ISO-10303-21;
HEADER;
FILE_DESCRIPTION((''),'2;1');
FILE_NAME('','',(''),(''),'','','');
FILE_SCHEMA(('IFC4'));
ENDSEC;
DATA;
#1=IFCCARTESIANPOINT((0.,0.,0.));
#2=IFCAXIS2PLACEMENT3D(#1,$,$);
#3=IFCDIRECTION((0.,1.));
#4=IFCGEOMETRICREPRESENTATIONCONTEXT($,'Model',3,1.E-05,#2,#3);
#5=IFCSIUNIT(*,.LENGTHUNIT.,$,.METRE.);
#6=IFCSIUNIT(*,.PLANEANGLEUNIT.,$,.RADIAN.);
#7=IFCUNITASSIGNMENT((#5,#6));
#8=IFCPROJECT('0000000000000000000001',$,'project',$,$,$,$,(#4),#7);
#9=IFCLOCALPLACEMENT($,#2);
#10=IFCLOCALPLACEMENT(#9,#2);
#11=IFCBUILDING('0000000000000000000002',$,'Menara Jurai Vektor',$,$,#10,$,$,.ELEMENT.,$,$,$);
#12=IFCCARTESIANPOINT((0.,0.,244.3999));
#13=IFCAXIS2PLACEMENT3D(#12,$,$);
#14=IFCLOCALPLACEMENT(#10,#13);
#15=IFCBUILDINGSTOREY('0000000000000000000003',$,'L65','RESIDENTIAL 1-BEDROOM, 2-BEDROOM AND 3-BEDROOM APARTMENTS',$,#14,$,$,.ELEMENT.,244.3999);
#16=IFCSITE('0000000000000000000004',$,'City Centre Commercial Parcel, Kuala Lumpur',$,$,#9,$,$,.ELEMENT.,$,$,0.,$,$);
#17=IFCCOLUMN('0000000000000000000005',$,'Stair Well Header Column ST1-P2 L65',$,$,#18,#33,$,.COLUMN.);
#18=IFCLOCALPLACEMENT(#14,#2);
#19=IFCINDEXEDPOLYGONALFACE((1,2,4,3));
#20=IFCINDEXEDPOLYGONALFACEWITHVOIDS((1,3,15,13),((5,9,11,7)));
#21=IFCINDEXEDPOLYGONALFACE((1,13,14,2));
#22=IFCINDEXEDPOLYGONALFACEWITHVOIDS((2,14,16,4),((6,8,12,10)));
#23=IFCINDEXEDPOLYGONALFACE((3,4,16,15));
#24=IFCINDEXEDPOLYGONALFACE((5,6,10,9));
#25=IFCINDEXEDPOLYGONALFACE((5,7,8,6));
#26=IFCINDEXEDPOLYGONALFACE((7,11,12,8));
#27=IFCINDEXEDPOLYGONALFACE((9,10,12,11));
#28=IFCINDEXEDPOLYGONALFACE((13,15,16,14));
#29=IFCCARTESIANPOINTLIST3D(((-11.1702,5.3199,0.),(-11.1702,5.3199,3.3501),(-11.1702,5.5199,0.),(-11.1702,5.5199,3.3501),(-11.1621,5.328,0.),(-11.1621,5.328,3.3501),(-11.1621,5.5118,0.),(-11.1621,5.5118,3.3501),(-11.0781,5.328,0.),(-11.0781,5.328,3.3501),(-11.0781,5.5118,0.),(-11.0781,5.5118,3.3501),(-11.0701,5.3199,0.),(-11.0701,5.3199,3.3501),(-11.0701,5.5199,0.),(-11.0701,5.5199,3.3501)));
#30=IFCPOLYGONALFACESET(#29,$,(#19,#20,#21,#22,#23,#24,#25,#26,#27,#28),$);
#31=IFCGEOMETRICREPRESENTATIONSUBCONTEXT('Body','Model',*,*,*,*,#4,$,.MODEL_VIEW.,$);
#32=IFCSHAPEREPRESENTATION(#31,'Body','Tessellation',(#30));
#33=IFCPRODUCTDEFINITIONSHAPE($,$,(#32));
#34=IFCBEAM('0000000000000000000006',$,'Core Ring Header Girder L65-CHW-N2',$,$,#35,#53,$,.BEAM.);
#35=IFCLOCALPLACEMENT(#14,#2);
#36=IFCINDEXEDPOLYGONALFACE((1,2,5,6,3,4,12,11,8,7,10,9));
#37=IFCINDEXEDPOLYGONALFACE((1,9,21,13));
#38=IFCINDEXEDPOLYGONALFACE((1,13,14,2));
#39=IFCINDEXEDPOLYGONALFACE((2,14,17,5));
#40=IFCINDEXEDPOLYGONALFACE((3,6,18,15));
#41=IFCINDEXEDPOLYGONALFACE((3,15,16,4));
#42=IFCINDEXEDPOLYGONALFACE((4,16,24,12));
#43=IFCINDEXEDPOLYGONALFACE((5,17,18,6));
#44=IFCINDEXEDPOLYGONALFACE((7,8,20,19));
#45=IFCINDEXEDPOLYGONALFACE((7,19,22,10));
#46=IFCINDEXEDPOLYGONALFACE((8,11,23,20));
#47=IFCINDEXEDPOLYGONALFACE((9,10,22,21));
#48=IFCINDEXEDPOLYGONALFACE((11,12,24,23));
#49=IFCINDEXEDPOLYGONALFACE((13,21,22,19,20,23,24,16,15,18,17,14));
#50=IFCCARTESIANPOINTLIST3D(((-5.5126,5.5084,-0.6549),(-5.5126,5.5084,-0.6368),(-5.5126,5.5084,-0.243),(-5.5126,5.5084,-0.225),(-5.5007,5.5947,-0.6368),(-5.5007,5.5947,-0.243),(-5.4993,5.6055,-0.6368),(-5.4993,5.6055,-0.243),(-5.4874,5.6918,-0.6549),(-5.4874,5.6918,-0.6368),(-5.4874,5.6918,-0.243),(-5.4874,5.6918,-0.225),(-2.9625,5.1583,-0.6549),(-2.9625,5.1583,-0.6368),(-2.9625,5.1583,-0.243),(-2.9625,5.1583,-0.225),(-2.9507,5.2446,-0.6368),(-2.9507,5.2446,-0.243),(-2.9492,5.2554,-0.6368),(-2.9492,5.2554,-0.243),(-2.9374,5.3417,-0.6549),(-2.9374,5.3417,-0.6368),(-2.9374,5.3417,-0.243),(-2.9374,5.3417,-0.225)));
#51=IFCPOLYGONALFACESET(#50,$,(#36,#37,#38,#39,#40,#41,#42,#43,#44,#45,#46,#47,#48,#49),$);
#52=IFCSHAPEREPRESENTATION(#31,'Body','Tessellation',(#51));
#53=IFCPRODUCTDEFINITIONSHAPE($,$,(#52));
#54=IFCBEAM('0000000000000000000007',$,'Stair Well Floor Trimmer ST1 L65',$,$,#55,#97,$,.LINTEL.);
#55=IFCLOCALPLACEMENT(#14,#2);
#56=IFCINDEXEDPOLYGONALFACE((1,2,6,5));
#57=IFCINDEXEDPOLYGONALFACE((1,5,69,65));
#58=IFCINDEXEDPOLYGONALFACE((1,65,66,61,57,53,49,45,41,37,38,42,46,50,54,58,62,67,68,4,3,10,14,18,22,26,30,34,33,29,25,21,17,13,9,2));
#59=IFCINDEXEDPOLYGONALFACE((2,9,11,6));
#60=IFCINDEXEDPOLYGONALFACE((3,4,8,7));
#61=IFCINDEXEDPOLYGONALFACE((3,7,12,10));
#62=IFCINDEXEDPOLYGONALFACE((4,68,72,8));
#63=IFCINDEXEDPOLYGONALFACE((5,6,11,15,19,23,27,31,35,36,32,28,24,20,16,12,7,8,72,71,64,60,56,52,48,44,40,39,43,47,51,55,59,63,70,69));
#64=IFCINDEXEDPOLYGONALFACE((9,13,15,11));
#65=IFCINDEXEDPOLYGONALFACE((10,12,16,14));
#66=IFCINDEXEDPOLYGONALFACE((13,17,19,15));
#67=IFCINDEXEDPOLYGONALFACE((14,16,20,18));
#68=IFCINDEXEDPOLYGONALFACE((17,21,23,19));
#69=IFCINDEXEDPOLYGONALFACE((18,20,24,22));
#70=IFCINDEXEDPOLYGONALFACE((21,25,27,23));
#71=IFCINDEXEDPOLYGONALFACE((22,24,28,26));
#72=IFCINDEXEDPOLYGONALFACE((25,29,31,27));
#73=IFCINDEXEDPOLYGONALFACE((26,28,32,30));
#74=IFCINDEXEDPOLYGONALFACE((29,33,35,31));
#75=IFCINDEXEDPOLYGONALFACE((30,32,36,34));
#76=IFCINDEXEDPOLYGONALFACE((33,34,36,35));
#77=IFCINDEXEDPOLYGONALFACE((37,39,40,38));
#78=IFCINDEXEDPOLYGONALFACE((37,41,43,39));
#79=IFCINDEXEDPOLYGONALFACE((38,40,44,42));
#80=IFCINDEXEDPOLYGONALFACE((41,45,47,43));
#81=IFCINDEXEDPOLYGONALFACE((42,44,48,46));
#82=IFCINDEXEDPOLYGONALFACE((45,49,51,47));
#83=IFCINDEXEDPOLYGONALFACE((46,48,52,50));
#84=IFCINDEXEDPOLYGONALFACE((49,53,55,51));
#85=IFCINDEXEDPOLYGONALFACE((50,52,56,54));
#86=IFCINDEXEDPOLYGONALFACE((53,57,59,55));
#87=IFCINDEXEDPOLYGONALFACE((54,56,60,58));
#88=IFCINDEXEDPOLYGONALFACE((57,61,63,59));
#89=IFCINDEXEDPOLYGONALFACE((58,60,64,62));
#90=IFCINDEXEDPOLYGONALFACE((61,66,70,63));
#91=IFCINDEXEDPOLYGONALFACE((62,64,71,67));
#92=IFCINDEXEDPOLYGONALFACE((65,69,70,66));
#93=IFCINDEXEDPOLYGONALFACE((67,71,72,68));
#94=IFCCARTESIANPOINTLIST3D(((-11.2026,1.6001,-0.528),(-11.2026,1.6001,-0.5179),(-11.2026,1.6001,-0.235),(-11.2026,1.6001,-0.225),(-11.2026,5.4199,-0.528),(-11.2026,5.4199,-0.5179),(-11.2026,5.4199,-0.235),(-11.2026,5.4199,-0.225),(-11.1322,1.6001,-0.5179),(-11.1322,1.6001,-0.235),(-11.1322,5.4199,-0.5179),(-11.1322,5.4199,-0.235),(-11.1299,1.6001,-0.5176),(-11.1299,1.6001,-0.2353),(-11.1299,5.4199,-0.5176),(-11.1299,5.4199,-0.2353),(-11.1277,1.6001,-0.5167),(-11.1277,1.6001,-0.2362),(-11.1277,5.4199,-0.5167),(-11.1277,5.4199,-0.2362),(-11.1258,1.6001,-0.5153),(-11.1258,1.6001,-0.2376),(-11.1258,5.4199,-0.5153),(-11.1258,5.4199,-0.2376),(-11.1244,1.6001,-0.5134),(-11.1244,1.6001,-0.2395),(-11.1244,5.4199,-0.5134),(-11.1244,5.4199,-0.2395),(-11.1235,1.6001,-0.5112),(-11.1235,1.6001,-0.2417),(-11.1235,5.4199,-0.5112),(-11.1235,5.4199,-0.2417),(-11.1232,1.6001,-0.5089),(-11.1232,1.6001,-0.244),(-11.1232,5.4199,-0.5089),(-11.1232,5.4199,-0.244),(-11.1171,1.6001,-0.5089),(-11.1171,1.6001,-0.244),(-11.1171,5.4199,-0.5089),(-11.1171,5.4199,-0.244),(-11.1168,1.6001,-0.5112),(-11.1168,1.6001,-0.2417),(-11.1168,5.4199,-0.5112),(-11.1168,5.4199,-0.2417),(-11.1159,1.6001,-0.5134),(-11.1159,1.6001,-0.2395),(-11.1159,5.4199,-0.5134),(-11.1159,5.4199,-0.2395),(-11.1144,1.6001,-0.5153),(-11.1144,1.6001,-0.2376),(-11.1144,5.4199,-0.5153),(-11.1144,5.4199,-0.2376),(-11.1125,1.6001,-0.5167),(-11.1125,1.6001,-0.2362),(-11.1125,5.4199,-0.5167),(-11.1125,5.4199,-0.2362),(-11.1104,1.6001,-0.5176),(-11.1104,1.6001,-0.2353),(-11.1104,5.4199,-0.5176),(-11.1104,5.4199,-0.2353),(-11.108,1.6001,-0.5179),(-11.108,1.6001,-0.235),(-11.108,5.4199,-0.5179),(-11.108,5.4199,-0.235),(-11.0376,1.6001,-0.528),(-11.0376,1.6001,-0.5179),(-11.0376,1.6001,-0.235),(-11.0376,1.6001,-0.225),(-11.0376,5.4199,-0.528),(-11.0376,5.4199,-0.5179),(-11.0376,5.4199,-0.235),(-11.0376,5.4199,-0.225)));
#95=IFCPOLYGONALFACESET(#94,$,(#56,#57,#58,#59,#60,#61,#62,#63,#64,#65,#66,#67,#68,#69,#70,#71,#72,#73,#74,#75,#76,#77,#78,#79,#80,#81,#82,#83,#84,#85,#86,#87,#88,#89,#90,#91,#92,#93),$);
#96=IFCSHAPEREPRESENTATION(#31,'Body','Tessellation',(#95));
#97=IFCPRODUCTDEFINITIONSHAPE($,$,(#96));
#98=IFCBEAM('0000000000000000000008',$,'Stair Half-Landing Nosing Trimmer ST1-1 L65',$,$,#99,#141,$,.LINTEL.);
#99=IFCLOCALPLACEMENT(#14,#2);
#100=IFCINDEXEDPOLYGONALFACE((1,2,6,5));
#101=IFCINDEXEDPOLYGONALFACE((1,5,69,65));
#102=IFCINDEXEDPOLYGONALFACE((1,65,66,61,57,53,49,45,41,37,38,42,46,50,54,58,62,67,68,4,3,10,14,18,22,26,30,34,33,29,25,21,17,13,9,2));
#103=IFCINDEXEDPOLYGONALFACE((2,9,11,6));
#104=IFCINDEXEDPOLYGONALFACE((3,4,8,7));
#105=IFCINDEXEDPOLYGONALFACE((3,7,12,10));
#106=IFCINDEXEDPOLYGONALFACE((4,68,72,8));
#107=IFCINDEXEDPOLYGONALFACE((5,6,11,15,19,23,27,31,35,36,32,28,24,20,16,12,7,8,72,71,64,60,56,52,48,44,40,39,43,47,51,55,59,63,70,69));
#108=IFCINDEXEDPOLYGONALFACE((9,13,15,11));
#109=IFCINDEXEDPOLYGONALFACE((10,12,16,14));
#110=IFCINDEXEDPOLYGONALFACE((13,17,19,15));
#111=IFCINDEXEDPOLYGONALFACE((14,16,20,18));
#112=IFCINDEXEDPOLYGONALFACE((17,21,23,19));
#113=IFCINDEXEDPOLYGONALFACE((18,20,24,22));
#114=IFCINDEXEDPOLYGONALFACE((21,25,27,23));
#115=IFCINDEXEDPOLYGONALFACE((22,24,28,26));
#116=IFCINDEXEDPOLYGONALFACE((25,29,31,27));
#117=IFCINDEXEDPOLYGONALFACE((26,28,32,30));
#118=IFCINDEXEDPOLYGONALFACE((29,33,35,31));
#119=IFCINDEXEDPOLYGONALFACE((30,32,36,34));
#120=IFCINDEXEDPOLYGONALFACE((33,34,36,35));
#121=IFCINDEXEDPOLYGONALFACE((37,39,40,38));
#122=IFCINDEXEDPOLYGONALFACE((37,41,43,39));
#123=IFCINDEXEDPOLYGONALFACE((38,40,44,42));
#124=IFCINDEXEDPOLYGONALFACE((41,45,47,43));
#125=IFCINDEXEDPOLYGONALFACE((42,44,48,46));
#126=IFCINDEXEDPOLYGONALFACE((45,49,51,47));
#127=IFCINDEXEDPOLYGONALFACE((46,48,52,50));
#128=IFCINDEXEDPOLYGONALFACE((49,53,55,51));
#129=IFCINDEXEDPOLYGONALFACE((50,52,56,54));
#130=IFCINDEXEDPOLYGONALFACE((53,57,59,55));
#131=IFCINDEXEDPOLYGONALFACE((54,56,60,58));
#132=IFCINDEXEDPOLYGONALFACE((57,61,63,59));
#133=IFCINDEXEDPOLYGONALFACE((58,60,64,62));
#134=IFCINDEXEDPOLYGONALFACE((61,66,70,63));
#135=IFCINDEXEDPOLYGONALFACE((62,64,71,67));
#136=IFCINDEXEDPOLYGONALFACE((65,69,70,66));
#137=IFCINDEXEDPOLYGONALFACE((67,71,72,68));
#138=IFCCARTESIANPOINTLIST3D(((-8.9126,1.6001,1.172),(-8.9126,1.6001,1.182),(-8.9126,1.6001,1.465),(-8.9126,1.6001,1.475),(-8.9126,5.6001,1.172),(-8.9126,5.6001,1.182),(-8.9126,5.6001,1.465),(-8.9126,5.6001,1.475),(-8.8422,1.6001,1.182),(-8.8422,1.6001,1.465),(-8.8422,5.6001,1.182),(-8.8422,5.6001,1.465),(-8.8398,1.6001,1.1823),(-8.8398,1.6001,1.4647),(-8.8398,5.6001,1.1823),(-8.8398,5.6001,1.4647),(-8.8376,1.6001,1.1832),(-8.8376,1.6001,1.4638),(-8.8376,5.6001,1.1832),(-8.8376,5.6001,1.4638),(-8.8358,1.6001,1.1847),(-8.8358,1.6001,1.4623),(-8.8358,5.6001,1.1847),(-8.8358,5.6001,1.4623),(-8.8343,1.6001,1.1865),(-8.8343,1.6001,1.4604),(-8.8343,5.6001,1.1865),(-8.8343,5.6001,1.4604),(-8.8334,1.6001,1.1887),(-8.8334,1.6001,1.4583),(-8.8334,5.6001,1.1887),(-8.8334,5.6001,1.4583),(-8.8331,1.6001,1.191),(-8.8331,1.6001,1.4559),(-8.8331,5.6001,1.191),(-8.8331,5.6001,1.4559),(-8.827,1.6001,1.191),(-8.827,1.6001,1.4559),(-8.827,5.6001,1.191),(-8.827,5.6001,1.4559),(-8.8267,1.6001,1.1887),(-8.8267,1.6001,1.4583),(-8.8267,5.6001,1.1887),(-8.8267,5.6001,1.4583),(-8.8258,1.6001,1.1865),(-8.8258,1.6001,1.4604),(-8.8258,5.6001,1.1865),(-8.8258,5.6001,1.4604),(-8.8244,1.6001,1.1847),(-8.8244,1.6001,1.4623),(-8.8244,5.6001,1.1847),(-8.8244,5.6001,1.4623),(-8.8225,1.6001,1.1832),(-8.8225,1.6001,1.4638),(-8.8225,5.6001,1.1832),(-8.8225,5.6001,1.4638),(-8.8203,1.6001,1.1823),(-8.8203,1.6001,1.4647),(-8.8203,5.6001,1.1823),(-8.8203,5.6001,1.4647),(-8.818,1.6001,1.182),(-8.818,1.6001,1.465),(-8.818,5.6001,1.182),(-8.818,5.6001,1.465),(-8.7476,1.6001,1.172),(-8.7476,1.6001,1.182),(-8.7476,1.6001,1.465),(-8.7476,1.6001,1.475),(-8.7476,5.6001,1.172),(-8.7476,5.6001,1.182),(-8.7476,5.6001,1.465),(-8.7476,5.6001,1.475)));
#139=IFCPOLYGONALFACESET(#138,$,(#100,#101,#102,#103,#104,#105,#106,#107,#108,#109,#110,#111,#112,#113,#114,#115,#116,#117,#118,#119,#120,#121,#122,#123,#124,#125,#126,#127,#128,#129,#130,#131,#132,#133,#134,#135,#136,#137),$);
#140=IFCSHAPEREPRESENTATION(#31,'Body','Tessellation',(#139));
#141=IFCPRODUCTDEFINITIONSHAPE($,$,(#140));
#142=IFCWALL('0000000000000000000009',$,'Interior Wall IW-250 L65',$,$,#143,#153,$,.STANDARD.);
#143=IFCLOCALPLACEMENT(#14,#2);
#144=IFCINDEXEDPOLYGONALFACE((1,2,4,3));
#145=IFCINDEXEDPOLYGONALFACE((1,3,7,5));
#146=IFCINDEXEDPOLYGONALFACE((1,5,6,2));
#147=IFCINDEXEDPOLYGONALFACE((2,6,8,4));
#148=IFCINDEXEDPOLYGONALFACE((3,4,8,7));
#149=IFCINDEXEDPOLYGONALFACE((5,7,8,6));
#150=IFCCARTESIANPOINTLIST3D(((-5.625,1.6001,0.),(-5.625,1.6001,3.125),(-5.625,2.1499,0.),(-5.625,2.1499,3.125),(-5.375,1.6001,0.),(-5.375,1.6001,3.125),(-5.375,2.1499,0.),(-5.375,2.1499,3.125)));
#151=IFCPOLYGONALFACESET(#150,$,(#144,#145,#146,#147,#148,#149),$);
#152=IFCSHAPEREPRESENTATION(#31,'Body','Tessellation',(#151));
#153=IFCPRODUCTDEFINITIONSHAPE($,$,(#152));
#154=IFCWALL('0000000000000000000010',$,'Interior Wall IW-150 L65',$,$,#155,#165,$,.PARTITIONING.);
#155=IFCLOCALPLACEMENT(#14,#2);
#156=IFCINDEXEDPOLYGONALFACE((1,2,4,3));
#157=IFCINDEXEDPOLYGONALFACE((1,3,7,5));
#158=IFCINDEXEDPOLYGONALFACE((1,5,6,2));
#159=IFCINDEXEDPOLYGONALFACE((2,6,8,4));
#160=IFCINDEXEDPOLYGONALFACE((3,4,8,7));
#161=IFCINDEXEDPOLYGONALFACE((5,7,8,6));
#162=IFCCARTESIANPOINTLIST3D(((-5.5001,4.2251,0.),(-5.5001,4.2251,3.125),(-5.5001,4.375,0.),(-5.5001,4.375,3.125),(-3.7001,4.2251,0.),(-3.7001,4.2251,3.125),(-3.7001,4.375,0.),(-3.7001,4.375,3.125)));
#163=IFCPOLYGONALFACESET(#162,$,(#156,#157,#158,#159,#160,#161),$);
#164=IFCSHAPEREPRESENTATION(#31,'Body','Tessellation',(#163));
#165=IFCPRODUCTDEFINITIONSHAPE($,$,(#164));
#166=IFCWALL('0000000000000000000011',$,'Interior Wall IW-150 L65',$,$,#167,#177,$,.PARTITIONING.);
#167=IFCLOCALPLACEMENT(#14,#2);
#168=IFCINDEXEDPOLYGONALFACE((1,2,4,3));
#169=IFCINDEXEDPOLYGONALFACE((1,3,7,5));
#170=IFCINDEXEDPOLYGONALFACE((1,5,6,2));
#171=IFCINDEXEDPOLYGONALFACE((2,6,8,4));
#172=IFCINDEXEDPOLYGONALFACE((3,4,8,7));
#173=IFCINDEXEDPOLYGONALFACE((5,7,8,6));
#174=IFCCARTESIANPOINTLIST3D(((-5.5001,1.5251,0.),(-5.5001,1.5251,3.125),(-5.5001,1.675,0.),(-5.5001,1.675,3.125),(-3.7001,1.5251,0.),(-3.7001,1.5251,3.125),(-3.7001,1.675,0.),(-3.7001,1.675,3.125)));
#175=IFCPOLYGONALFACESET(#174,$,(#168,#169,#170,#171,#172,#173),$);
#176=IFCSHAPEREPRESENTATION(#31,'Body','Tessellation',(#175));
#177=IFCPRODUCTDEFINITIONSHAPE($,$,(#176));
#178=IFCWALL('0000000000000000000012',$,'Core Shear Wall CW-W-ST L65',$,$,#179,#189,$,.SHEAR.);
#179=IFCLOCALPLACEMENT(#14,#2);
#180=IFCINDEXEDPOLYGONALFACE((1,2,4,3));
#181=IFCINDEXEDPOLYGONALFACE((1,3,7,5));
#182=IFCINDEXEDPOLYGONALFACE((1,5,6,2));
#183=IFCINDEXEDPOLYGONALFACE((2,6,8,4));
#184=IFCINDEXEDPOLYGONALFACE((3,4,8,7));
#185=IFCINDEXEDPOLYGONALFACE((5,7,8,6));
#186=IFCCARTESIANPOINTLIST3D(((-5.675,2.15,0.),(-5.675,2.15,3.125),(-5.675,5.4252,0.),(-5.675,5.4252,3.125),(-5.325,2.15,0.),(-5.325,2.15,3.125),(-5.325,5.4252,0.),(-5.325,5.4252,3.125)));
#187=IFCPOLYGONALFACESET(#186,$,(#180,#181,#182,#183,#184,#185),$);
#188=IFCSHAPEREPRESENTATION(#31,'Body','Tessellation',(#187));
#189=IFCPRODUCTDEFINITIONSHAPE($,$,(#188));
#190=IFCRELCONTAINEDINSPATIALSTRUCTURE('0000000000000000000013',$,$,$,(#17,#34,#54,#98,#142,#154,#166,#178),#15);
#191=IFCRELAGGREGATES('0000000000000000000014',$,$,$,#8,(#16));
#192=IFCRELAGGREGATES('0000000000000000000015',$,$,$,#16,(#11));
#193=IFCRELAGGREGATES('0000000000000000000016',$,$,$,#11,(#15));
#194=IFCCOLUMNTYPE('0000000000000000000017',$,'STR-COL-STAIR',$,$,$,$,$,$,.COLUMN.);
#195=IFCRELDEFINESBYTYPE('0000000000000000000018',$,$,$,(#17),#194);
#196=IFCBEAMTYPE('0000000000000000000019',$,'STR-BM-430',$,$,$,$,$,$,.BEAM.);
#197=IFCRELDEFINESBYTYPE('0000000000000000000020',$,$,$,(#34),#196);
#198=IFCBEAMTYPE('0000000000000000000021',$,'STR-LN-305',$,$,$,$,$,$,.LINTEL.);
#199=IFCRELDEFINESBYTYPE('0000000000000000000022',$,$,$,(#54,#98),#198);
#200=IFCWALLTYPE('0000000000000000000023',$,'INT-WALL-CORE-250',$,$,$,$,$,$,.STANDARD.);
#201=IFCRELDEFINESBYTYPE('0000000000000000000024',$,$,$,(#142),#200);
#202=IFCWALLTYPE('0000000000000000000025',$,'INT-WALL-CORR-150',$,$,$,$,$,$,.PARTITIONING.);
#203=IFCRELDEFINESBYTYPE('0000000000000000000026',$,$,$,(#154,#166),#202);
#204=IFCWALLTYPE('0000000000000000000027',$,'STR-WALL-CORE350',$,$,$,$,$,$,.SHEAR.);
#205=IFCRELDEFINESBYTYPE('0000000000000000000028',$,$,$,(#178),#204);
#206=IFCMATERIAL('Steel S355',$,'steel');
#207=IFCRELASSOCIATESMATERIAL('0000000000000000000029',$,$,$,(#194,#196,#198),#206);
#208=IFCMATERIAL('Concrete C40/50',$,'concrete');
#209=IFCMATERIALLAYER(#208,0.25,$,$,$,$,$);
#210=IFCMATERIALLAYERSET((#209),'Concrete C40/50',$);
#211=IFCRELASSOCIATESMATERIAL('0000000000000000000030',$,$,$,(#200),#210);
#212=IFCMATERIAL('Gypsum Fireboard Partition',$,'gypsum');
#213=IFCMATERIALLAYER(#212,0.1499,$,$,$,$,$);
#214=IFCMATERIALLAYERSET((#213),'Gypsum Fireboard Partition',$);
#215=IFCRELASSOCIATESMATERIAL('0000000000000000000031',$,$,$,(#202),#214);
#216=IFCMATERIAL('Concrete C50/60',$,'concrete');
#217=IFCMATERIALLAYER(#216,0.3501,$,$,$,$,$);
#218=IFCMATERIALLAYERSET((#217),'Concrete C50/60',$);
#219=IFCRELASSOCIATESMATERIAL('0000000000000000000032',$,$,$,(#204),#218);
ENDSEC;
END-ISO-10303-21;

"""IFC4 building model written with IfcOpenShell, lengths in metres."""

from ifc_helpers import new_model, si_unit, direction, frame, frame_2d, origin, origin_2d, place, context, subcontext, project, spatial, rectangle, hollow_rectangle, i_section, extrude, material, layer, layer_set, material_profile, profile_set, type_object, element, save


model = new_model("IFC4")

# Units and contexts
model_context = context("Model", 3, precision=1e-05, world=origin(), true_north=direction((0.0, 1.0)))
body_context = subcontext(model_context, "Body", "Model", "MODEL_VIEW")
ifc_project = project(units=[si_unit("LENGTHUNIT", "METRE"), si_unit("PLANEANGLEUNIT", "RADIAN")], contexts=[model_context])

# Site, building, storey
site_placement = place(None, origin())
site = spatial("IfcSite", under=ifc_project, at=site_placement, Name="City Centre Commercial Parcel, Kuala Lumpur", CompositionType="ELEMENT", RefElevation=0.0)
building_placement = place(site_placement, origin())
building = spatial("IfcBuilding", under=site, at=building_placement, Name="Menara Jurai Vektor", CompositionType="ELEMENT")
storey_placement = place(building_placement, frame((0.0, 0.0, 244.3999)))
storey = spatial("IfcBuildingStorey", under=building, at=storey_placement, Name="L65", Description="RESIDENTIAL 1-BEDROOM, 2-BEDROOM AND 3-BEDROOM APARTMENTS", CompositionType="ELEMENT", Elevation=244.3999)

# Column
ifc_material_1 = material(Name="Steel S355", Category="steel")
ifc_material_profile_1 = material_profile(ifc_material_1, hollow_rectangle(XDim=0.1001, YDim=0.2, WallThickness=0.0081, at=origin_2d()), Name="RHS 200x100x8")
ifc_profile_set_1 = profile_set([ifc_material_profile_1], Name="Steel S355")
column_type = type_object("IfcColumnType", Name="STR-COL-STAIR", PredefinedType="COLUMN", material=ifc_profile_set_1)
column_placement = place(storey_placement, frame((-11.1201, 5.4199, 0.0), z_axis=(0.0, 0.0, 1.0), x_axis=(1.0, 0.0, 0.0)))
element("IfcColumn", 1, at=column_placement, inside=storey, type_object=column_type, Name="Stair Well Header Column ST1-P2 L65", PredefinedType="COLUMN", context=body_context, shape_type="SweptSolid", body=[
    extrude(hollow_rectangle(XDim=0.1001, YDim=0.2, WallThickness=0.0081, at=origin_2d()), origin(), (0.0, 0.0, 1.0), 3.3501),
])

# Beams
ifc_material_profile_2 = material_profile(ifc_material_1, i_section(OverallWidth=0.1851, OverallDepth=0.4299, WebThickness=0.011, FlangeThickness=0.0181, at=origin_2d()), Name="PG 430x185x76")
ifc_profile_set_2 = profile_set([ifc_material_profile_2], Name="Steel S355")
beam_type_1 = type_object("IfcBeamType", Name="STR-BM-430", PredefinedType="BEAM", material=ifc_profile_set_2)
beam_1_placement = place(storey_placement, frame((-5.5, 5.6001, -0.4399), z_axis=(0.990707, -0.136015, 0.0), x_axis=(0.136015, 0.990707, 0.0)))
element("IfcBeam", 2, at=beam_1_placement, inside=storey, type_object=beam_type_1, Name="Core Ring Header Girder L65-CHW-N2", PredefinedType="BEAM", context=body_context, shape_type="SweptSolid", body=[
    extrude(i_section(OverallWidth=0.1851, OverallDepth=0.4299, WebThickness=0.011, FlangeThickness=0.0181, at=origin_2d()), origin(), (0.0, 0.0, 1.0), 2.574),
])
ifc_material_profile_3 = material_profile(ifc_material_1, i_section(OverallWidth=0.165, OverallDepth=0.303, WebThickness=0.0061, FlangeThickness=0.01, FilletRadius=0.009, at=origin_2d()), Name="UKB 305x165x40")
ifc_profile_set_3 = profile_set([ifc_material_profile_3], Name="Steel S355")
beam_type_2 = type_object("IfcBeamType", Name="STR-LN-305", PredefinedType="LINTEL", material=ifc_profile_set_3)
beam_2_placement = place(storey_placement, frame((-11.1201, 1.6001, -0.3765), z_axis=(0.0, 1.0, 0.0), x_axis=(-1.0, 0.0, 0.0)))
element("IfcBeam", 3, at=beam_2_placement, inside=storey, type_object=beam_type_2, Name="Stair Well Floor Trimmer ST1 L65", PredefinedType="LINTEL", context=body_context, shape_type="SweptSolid", body=[
    extrude(i_section(OverallWidth=0.165, OverallDepth=0.303, WebThickness=0.0061, FlangeThickness=0.01, FilletRadius=0.009, at=origin_2d()), origin(), (0.0, 0.0, 1.0), 3.8198),
])
beam_3_placement = place(storey_placement, frame((-8.8301, 1.6001, 1.3235), z_axis=(0.0, 1.0, 0.0), x_axis=(-1.0, 0.0, 0.0)))
element("IfcBeam", 4, at=beam_3_placement, inside=storey, type_object=beam_type_2, Name="Stair Half-Landing Nosing Trimmer ST1-1 L65", PredefinedType="LINTEL", context=body_context, shape_type="SweptSolid", body=[
    extrude(i_section(OverallWidth=0.165, OverallDepth=0.303, WebThickness=0.0061, FlangeThickness=0.01, FilletRadius=0.009, at=origin_2d()), origin(), (0.0, 0.0, 1.0), 4.0),
])

# Walls
ifc_material_2 = material(Name="Concrete C40/50", Category="concrete")
ifc_layer_1 = layer(ifc_material_2, 0.25)
ifc_layer_set_1 = layer_set([ifc_layer_1], Name="Concrete C40/50")
wall_type_1 = type_object("IfcWallType", Name="INT-WALL-CORE-250", PredefinedType="STANDARD", material=ifc_layer_set_1)
wall_1_placement = place(storey_placement, frame((-5.5, 1.6001, 0.0), z_axis=(0.0, 0.0, 1.0), x_axis=(0.0, 1.0, 0.0)))
element("IfcWall", 5, at=wall_1_placement, inside=storey, type_object=wall_type_1, Name="Interior Wall IW-250 L65", PredefinedType="STANDARD", context=body_context, shape_type="SweptSolid", body=[
    extrude(rectangle(XDim=0.5498, YDim=0.25, at=frame_2d((0.2749, 0.0))), origin(), (0.0, 0.0, 1.0), 3.125),
])
ifc_material_3 = material(Name="Gypsum Fireboard Partition", Category="gypsum")
ifc_layer_2 = layer(ifc_material_3, 0.1499)
ifc_layer_set_2 = layer_set([ifc_layer_2], Name="Gypsum Fireboard Partition")
wall_type_2 = type_object("IfcWallType", Name="INT-WALL-CORR-150", PredefinedType="PARTITIONING", material=ifc_layer_set_2)
for number, where, z_axis, x_axis, name in (
    (6, (-5.5, 4.3, 0.0), (0.0, 0.0, 1.0), (1.0, 0.0, 0.0), "Interior Wall IW-150 L65"),
    (7, (-5.5, 1.6001, 0.0), (0.0, 0.0, 1.0), (1.0, 0.0, 0.0), "Interior Wall IW-150 L65"),
):
    element("IfcWall", number, at=place(storey_placement, frame(where, z_axis=z_axis, x_axis=x_axis)), inside=storey, type_object=wall_type_2, Name=name, PredefinedType="PARTITIONING", context=body_context, shape_type="SweptSolid", body=[
        extrude(rectangle(XDim=1.8, YDim=0.1499, at=frame_2d((0.8999, 0.0))), origin(), (0.0, 0.0, 1.0), 3.125),
    ])

# Wall
ifc_material_4 = material(Name="Concrete C50/60", Category="concrete")
ifc_layer_3 = layer(ifc_material_4, 0.3501)
ifc_layer_set_3 = layer_set([ifc_layer_3], Name="Concrete C50/60")
wall_type_3 = type_object("IfcWallType", Name="STR-WALL-CORE350", PredefinedType="SHEAR", material=ifc_layer_set_3)
wall_2_placement = place(storey_placement, frame((-5.5, 2.1499, 0.0), z_axis=(0.0, 0.0, 1.0), x_axis=(0.0, 1.0, 0.0)))
element("IfcWall", 8, at=wall_2_placement, inside=storey, type_object=wall_type_3, Name="Core Shear Wall CW-W-ST L65", PredefinedType="SHEAR", context=body_context, shape_type="SweptSolid", body=[
    extrude(rectangle(XDim=3.2751, YDim=0.3501, at=frame_2d((1.6377, 0.0))), origin(), (0.0, 0.0, 1.0), 3.125),
])

save(model, "model.ifc")
